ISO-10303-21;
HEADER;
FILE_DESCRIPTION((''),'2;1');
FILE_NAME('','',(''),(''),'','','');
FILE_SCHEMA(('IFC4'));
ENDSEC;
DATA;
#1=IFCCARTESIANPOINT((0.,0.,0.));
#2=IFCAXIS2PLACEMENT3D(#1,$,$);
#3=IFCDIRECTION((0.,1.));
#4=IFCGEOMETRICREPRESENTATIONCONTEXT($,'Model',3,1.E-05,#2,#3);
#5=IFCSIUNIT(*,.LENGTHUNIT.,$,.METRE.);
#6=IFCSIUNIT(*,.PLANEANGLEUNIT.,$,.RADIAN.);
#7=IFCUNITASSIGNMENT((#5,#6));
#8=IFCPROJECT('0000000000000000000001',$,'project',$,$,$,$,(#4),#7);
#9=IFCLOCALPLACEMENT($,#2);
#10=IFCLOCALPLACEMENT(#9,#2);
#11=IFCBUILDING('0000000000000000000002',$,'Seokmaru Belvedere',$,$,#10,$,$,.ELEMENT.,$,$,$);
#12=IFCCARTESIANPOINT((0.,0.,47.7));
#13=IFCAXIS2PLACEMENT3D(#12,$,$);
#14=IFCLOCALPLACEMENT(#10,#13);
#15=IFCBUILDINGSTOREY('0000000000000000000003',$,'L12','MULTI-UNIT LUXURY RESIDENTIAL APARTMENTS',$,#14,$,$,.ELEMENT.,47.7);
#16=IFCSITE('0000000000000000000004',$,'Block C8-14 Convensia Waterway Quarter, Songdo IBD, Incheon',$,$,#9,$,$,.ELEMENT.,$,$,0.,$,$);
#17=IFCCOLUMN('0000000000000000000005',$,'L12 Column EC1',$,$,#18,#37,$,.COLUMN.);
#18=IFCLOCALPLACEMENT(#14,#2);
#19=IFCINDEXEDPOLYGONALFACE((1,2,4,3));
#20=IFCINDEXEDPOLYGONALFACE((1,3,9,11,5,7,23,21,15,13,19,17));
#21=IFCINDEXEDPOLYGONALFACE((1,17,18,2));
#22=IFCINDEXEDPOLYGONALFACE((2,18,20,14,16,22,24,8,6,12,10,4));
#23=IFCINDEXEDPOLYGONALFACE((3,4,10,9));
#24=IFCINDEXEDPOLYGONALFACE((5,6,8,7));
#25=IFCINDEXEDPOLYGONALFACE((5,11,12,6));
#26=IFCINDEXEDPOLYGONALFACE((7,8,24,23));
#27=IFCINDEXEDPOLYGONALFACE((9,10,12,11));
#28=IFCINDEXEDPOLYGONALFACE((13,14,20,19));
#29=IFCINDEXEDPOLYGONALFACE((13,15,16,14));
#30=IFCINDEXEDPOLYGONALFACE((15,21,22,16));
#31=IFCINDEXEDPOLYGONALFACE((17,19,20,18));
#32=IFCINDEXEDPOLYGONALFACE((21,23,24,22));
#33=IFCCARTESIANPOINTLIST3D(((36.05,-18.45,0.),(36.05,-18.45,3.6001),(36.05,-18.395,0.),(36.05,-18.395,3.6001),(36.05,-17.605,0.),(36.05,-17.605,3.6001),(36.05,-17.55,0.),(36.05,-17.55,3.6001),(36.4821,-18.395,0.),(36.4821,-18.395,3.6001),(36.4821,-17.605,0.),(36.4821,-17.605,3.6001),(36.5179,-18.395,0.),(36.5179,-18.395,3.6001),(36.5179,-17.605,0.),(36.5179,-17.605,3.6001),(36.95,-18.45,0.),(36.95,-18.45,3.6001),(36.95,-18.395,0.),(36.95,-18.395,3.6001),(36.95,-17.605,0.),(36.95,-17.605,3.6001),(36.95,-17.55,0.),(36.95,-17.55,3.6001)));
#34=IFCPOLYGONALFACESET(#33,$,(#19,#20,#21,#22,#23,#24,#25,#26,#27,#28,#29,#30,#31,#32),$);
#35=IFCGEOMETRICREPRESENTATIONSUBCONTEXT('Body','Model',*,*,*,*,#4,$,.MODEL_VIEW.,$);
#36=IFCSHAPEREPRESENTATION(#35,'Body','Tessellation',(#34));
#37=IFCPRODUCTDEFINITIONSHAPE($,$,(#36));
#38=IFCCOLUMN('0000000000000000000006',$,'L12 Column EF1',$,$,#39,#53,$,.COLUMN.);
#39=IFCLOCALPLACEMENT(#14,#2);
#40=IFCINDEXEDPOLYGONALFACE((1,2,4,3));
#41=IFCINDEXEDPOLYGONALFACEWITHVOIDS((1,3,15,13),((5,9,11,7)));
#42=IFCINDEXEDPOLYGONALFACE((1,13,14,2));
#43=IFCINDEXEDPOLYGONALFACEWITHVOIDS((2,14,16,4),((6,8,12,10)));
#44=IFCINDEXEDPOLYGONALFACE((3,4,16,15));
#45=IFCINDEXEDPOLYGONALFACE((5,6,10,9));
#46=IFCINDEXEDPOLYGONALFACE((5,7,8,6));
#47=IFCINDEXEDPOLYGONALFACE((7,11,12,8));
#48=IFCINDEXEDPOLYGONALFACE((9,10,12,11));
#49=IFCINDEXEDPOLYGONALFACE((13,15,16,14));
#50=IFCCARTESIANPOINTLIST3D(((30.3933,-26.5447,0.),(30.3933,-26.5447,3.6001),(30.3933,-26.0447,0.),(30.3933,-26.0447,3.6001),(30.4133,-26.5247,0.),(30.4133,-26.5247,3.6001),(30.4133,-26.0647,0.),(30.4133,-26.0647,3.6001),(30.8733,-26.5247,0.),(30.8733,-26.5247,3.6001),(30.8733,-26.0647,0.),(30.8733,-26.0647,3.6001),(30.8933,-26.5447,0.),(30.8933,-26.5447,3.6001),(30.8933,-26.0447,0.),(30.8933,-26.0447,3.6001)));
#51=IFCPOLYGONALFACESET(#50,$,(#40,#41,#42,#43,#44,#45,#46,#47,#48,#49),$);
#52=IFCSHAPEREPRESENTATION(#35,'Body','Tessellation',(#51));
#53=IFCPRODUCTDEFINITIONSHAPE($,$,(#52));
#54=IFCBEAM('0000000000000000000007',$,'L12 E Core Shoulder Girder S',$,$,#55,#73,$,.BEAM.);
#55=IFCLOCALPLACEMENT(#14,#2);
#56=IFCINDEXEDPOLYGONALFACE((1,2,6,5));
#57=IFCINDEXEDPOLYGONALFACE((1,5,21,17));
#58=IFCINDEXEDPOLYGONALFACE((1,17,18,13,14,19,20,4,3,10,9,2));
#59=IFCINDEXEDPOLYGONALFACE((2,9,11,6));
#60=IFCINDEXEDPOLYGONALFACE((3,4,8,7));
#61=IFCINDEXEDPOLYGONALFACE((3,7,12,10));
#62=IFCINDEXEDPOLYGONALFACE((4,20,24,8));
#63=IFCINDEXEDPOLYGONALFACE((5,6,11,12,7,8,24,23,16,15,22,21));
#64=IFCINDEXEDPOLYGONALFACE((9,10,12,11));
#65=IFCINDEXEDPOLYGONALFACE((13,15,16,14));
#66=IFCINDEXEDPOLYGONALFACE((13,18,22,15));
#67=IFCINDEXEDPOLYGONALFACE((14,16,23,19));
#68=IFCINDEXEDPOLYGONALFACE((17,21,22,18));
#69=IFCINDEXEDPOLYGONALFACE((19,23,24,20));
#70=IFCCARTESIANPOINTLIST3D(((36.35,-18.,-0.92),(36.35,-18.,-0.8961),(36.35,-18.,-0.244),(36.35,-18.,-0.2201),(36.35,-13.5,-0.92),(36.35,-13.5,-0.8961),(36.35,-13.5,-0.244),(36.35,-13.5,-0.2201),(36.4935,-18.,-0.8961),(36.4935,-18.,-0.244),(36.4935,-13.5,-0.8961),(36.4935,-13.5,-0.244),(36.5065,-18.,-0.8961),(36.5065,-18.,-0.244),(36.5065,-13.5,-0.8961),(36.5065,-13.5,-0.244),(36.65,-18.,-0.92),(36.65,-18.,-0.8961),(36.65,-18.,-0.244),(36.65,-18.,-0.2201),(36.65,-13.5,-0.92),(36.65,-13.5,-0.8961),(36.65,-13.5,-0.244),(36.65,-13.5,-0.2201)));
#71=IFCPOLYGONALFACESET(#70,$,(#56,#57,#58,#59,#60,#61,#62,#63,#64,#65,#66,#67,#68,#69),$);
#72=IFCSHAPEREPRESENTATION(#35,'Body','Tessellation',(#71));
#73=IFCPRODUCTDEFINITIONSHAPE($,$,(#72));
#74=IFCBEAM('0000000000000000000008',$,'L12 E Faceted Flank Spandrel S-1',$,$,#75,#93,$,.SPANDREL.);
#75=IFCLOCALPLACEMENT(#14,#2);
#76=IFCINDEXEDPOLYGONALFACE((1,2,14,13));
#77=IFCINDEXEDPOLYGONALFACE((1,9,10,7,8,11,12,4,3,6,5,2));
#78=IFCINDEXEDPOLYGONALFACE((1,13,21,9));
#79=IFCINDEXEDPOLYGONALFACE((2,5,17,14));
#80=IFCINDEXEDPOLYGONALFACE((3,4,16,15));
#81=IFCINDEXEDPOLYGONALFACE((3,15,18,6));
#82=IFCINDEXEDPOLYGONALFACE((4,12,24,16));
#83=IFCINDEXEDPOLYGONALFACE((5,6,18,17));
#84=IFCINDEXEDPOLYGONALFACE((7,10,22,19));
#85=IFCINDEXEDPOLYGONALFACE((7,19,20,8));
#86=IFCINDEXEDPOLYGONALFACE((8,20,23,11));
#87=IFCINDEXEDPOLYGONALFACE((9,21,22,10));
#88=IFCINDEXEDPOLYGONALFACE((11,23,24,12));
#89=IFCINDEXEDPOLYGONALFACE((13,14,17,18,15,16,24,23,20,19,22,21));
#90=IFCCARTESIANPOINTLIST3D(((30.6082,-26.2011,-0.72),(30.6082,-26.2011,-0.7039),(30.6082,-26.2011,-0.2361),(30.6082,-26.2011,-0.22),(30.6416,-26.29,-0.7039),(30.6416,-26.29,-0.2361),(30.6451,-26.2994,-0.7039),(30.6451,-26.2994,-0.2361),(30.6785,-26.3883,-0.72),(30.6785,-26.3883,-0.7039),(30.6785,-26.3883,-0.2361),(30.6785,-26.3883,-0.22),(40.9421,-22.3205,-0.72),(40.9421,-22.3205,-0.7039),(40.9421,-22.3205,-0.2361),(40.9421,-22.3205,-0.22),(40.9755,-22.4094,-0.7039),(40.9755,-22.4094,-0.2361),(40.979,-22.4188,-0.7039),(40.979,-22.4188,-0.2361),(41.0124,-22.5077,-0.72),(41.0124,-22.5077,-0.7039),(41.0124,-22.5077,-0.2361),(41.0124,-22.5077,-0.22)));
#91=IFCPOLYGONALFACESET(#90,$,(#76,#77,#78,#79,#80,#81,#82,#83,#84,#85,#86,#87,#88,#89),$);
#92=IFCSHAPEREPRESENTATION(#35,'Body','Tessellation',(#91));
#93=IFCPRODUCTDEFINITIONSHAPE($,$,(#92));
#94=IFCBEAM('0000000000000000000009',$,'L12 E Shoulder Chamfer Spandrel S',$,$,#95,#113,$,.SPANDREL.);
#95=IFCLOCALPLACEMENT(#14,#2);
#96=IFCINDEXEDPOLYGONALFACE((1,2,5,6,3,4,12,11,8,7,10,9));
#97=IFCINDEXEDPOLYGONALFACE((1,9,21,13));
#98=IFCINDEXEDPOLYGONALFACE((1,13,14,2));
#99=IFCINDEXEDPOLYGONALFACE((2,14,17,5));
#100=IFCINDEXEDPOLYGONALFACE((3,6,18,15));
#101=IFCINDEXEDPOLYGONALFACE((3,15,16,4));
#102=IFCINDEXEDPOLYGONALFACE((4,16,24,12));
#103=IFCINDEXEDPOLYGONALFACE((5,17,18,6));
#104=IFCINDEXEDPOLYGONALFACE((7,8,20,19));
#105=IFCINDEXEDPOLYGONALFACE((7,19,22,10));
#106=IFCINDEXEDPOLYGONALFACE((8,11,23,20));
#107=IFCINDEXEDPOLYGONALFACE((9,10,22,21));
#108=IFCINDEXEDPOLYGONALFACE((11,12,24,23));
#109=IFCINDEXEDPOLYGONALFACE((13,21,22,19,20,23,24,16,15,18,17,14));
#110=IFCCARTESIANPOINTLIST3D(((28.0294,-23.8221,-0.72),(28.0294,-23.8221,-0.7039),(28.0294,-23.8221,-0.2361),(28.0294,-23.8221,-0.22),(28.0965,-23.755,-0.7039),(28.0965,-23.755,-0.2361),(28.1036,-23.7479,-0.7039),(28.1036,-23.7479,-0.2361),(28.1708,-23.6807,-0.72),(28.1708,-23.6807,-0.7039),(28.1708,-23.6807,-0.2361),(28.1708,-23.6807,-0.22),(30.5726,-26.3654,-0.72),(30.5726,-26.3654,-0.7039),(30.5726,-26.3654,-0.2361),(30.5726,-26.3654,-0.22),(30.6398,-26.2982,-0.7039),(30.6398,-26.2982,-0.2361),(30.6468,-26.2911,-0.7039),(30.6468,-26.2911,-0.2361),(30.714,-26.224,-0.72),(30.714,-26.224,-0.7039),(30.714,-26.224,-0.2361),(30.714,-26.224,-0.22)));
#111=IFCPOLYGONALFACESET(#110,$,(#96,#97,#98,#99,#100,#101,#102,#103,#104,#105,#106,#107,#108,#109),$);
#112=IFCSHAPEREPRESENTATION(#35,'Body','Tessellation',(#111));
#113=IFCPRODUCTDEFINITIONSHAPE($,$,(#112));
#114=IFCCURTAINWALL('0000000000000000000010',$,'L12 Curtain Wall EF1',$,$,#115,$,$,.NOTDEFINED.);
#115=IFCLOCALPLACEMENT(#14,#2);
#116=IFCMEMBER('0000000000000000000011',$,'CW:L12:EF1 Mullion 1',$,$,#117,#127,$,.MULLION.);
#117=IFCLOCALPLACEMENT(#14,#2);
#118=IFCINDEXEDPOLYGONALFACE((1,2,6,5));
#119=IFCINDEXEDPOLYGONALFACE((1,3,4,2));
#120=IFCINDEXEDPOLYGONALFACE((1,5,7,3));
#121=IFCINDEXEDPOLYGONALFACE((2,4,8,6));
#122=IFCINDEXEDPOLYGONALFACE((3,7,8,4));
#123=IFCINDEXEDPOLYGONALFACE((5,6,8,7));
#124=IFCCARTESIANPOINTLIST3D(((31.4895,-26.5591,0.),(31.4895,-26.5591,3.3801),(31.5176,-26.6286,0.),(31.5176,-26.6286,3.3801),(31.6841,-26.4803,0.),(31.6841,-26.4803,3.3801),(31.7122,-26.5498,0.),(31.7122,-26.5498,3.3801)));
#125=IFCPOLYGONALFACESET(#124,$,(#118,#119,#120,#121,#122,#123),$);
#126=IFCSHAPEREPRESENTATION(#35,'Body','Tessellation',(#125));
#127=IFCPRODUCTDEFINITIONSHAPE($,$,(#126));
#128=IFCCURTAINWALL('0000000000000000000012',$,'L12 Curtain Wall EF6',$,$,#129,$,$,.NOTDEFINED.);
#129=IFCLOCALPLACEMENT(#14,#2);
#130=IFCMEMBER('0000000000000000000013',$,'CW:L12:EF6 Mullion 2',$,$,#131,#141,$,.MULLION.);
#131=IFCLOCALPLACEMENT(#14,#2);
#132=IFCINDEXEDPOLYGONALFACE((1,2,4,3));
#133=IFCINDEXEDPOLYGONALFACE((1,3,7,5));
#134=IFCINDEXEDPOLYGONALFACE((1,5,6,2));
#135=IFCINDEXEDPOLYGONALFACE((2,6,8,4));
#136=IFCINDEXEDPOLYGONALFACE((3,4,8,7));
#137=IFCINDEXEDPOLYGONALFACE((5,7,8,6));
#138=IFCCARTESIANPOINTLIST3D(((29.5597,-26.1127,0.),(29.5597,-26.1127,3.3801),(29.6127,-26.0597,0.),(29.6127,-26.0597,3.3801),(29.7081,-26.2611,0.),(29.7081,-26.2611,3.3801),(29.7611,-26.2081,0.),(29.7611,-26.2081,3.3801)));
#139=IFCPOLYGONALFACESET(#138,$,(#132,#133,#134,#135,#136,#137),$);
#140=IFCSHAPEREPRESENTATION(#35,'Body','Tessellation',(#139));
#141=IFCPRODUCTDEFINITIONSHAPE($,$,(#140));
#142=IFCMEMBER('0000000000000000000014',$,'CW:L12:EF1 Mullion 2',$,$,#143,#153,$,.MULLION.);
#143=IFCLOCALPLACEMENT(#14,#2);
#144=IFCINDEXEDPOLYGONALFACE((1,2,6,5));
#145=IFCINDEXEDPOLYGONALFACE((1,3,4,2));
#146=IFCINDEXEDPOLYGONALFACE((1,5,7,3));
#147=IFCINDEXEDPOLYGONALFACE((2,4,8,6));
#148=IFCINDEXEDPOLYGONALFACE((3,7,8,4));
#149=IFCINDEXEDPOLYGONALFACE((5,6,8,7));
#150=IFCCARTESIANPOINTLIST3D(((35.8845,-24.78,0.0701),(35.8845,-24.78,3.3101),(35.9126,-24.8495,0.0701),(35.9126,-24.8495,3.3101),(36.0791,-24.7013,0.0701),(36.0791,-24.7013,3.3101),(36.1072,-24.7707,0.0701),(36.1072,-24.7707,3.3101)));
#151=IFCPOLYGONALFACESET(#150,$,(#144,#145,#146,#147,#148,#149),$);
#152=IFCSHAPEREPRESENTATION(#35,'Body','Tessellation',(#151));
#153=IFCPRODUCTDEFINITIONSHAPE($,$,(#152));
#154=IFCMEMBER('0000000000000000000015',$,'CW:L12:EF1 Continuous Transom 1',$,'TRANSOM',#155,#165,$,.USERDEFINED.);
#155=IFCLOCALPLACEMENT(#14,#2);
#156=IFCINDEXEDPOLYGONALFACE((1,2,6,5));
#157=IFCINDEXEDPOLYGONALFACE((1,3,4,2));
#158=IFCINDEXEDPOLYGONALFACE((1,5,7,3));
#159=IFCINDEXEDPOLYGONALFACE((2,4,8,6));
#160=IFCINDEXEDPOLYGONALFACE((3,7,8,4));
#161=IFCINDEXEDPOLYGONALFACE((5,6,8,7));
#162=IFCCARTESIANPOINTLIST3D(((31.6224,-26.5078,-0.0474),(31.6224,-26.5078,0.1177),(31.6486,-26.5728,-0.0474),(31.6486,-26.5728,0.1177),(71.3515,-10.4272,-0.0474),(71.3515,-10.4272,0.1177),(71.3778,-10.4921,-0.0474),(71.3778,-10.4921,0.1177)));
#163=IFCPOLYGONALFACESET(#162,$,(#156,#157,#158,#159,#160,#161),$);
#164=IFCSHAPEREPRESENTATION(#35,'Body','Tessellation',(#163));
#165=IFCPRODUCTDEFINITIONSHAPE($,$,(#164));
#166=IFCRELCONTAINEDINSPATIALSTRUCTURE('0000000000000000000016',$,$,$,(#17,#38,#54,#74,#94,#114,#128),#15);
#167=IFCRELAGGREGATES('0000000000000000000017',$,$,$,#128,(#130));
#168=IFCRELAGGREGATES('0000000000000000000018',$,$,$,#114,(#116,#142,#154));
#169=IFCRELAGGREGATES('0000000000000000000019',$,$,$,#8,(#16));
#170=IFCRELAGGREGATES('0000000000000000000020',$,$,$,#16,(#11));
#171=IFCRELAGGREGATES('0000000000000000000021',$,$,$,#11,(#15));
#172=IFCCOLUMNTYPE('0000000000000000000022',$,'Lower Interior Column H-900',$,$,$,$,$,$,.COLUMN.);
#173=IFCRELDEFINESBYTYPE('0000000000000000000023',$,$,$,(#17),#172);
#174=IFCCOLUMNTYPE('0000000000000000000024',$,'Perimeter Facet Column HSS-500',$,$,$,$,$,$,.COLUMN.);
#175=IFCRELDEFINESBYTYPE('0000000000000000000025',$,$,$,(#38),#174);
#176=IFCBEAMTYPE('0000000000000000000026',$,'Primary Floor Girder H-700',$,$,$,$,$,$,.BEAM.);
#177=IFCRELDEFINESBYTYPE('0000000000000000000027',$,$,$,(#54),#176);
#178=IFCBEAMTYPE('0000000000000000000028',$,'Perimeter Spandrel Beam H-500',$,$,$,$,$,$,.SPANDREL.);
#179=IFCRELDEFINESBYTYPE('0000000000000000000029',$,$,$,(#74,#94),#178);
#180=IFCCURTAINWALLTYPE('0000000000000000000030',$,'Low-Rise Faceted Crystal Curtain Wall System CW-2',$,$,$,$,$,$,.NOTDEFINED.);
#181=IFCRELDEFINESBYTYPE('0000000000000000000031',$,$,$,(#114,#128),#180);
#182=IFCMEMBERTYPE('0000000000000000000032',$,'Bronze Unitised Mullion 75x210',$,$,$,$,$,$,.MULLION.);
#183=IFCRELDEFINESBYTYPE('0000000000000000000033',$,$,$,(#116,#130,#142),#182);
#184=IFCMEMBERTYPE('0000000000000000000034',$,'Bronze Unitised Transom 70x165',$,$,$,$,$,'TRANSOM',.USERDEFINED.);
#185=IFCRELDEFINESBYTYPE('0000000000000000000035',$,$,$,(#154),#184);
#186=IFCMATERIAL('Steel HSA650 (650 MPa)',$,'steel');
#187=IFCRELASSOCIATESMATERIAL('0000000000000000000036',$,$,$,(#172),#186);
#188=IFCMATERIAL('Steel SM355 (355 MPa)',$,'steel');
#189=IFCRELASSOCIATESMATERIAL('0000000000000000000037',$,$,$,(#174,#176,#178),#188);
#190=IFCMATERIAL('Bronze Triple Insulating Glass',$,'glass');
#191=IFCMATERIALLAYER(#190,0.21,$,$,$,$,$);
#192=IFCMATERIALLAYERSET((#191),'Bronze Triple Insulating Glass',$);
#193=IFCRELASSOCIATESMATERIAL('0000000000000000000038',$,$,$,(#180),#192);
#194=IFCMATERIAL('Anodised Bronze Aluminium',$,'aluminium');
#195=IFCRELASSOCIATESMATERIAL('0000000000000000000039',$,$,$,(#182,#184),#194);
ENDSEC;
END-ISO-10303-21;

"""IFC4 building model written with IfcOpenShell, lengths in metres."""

from ifc_helpers import new_model, si_unit, direction, frame, origin, origin_2d, place, context, subcontext, project, spatial, rectangle, hollow_rectangle, i_section, extrude, source, transform, mapped, material, layer, layer_set, material_profile, profile_set, type_object, type_shapes, element, aggregate, save


model = new_model("IFC4")

# Units and contexts
model_context = context("Model", 3, precision=1e-05, world=origin(), true_north=direction((0.0, 1.0)))
body_context = subcontext(model_context, "Body", "Model", "MODEL_VIEW")
ifc_project = project(units=[si_unit("LENGTHUNIT", "METRE"), si_unit("PLANEANGLEUNIT", "RADIAN")], contexts=[model_context])

# Site, building, storey
site_placement = place(None, origin())
site = spatial("IfcSite", under=ifc_project, at=site_placement, Name="Block C8-14 Convensia Waterway Quarter, Songdo IBD, Incheon", CompositionType="ELEMENT", RefElevation=0.0)
building_placement = place(site_placement, origin())
building = spatial("IfcBuilding", under=site, at=building_placement, Name="Seokmaru Belvedere", CompositionType="ELEMENT")
storey_placement = place(building_placement, frame((0.0, 0.0, 47.7)))
storey = spatial("IfcBuildingStorey", under=building, at=storey_placement, Name="L12", Description="MULTI-UNIT LUXURY RESIDENTIAL APARTMENTS", CompositionType="ELEMENT", Elevation=47.7)

# Columns
ifc_material_1 = material(Name="Steel HSA650 (650 MPa)", Category="steel")
ifc_material_profile_1 = material_profile(ifc_material_1, i_section(OverallWidth=0.8999, OverallDepth=0.8999, WebThickness=0.0359, FlangeThickness=0.0549, at=origin_2d()), Name="H-900x900x36x55")
ifc_profile_set_1 = profile_set([ifc_material_profile_1], Name="Steel HSA650 (650 MPa)")
column_type_1 = type_object("IfcColumnType", Name="Lower Interior Column H-900", PredefinedType="COLUMN", material=ifc_profile_set_1)
shared_shape_1 = source(origin(), body_context, "Body", "SweptSolid", [
    extrude(i_section(OverallWidth=0.8999, OverallDepth=0.8999, WebThickness=0.0359, FlangeThickness=0.0549, at=origin_2d()), origin(), (0.0, 0.0, 1.0), 3.6001),
])
type_shapes(column_type_1, [shared_shape_1])
column_1_placement = place(storey_placement, frame((36.5, -18.0, 0.0), z_axis=(0.0, 0.0, 1.0), x_axis=(1.0, 0.0, 0.0)))
element("IfcColumn", 1, at=column_1_placement, inside=storey, type_object=column_type_1, Name="L12 Column EC1", PredefinedType="COLUMN", context=body_context, shape_type="MappedRepresentation", body=[
    mapped(shared_shape_1, transform((0.0, 0.0, 0.0), scale=1.0)),
])
ifc_material_2 = material(Name="Steel SM355 (355 MPa)", Category="steel")
ifc_material_profile_2 = material_profile(ifc_material_2, hollow_rectangle(XDim=0.5, YDim=0.5, WallThickness=0.02, at=origin_2d()), Name="HSS-500x500x20")
ifc_profile_set_2 = profile_set([ifc_material_profile_2], Name="Steel SM355 (355 MPa)")
column_type_2 = type_object("IfcColumnType", Name="Perimeter Facet Column HSS-500", PredefinedType="COLUMN", material=ifc_profile_set_2)
shared_shape_2 = source(origin(), body_context, "Body", "SweptSolid", [
    extrude(hollow_rectangle(XDim=0.5, YDim=0.5, WallThickness=0.02, at=origin_2d()), origin(), (0.0, 0.0, 1.0), 3.6001),
])
type_shapes(column_type_2, [shared_shape_2])
column_2_placement = place(storey_placement, frame((30.6433, -26.2947, 0.0), z_axis=(0.0, 0.0, 1.0), x_axis=(1.0, 0.0, 0.0)))
element("IfcColumn", 2, at=column_2_placement, inside=storey, type_object=column_type_2, Name="L12 Column EF1", PredefinedType="COLUMN", context=body_context, shape_type="MappedRepresentation", body=[
    mapped(shared_shape_2, transform((0.0, 0.0, 0.0), scale=1.0)),
])

# Beams
ifc_material_profile_3 = material_profile(ifc_material_2, i_section(OverallWidth=0.3, OverallDepth=0.7, WebThickness=0.0129, FlangeThickness=0.0239, at=origin_2d()), Name="H-700x300x13x24")
ifc_profile_set_3 = profile_set([ifc_material_profile_3], Name="Steel SM355 (355 MPa)")
beam_type_1 = type_object("IfcBeamType", Name="Primary Floor Girder H-700", PredefinedType="BEAM", material=ifc_profile_set_3)
shared_shape_3 = source(origin(), body_context, "Body", "SweptSolid", [
    extrude(i_section(OverallWidth=0.3, OverallDepth=0.7, WebThickness=0.0129, FlangeThickness=0.0239, at=origin_2d()), origin(), (0.0, 0.0, 1.0), 4.5),
])
type_shapes(beam_type_1, [shared_shape_3])
beam_1_placement = place(storey_placement, frame((36.5, -18.0, -0.5701), z_axis=(0.0, 1.0, 0.0), x_axis=(-1.0, 0.0, 0.0)))
element("IfcBeam", 3, at=beam_1_placement, inside=storey, type_object=beam_type_1, Name="L12 E Core Shoulder Girder S", PredefinedType="BEAM", context=body_context, shape_type="MappedRepresentation", body=[
    mapped(shared_shape_3, transform((0.0, 0.0, 0.0), scale=1.0)),
])
ifc_material_profile_4 = material_profile(ifc_material_2, i_section(OverallWidth=0.2, OverallDepth=0.5, WebThickness=0.01, FlangeThickness=0.0161, at=origin_2d()), Name="H-500x200x10x16")
ifc_profile_set_4 = profile_set([ifc_material_profile_4], Name="Steel SM355 (355 MPa)")
beam_type_2 = type_object("IfcBeamType", Name="Perimeter Spandrel Beam H-500", PredefinedType="SPANDREL", material=ifc_profile_set_4)
shared_shape_4 = source(origin(), body_context, "Body", "SweptSolid", [
    extrude(i_section(OverallWidth=0.2, OverallDepth=0.5, WebThickness=0.01, FlangeThickness=0.0161, at=origin_2d()), origin(), (0.0, 0.0, 1.0), 11.0386),
])
beam_2_placement = place(storey_placement, frame((30.6433, -26.2947, -0.47), z_axis=(0.936169, 0.35155, 0.0), x_axis=(-0.35155, 0.936169, 0.0)))
element("IfcBeam", 4, at=beam_2_placement, inside=storey, type_object=beam_type_2, Name="L12 E Faceted Flank Spandrel S-1", PredefinedType="SPANDREL", context=body_context, shape_type="MappedRepresentation", body=[
    mapped(shared_shape_4, transform((0.0, 0.0, 0.0), scale=1.0)),
])
shared_shape_5 = source(origin(), body_context, "Body", "SweptSolid", [
    extrude(i_section(OverallWidth=0.2, OverallDepth=0.5, WebThickness=0.01, FlangeThickness=0.0161, at=origin_2d()), origin(), (0.0, 0.0, 1.0), 3.5967),
])
type_shapes(beam_type_2, [shared_shape_4, shared_shape_5])
beam_3_placement = place(storey_placement, frame((30.6433, -26.2947, -0.47), z_axis=(-0.707107, 0.707107, 0.0), x_axis=(-0.707107, -0.707107, 0.0)))
element("IfcBeam", 5, at=beam_3_placement, inside=storey, type_object=beam_type_2, Name="L12 E Shoulder Chamfer Spandrel S", PredefinedType="SPANDREL", context=body_context, shape_type="MappedRepresentation", body=[
    mapped(shared_shape_5, transform((0.0, 0.0, 0.0), scale=1.0)),
])

# Curtain walls, members
ifc_material_3 = material(Name="Bronze Triple Insulating Glass", Category="glass")
ifc_layer_1 = layer(ifc_material_3, 0.21)
ifc_layer_set_1 = layer_set([ifc_layer_1], Name="Bronze Triple Insulating Glass")
curtain_wall_type = type_object("IfcCurtainWallType", Name="Low-Rise Faceted Crystal Curtain Wall System CW-2", PredefinedType="NOTDEFINED", material=ifc_layer_set_1)
curtain_wall_1_placement = place(storey_placement, origin())
curtain_wall_1 = element("IfcCurtainWall", 6, at=curtain_wall_1_placement, inside=storey, type_object=curtain_wall_type, Name="L12 Curtain Wall EF1", PredefinedType="NOTDEFINED")
ifc_material_4 = material(Name="Anodised Bronze Aluminium", Category="aluminium")
ifc_material_profile_5 = material_profile(ifc_material_4, rectangle(XDim=0.075, YDim=0.21, at=origin_2d()), Name="CW-M-75x210")
ifc_profile_set_5 = profile_set([ifc_material_profile_5], Name="Anodised Bronze Aluminium")
member_type_1 = type_object("IfcMemberType", Name="Bronze Unitised Mullion 75x210", PredefinedType="MULLION", material=ifc_profile_set_5)
shared_shape_6 = source(origin(), body_context, "Body", "SweptSolid", [
    extrude(rectangle(XDim=0.075, YDim=0.21, at=origin_2d()), origin(), (0.0, 0.0, 1.0), 3.3801),
])
member_1_placement = place(storey_placement, frame((31.6008, -26.5544, 0.0), z_axis=(0.0, 0.0, 1.0), x_axis=(-0.375192, 0.926947, 0.0)))
member_1 = element("IfcMember", 7, at=member_1_placement, type_object=member_type_1, Name="CW:L12:EF1 Mullion 1", PredefinedType="MULLION", context=body_context, shape_type="MappedRepresentation", body=[
    mapped(shared_shape_6, transform((0.0, 0.0, 0.0), scale=1.0)),
])
curtain_wall_2_placement = place(storey_placement, origin())
curtain_wall_2 = element("IfcCurtainWall", 8, at=curtain_wall_2_placement, inside=storey, type_object=curtain_wall_type, Name="L12 Curtain Wall EF6", PredefinedType="NOTDEFINED")
member_2_placement = place(storey_placement, frame((29.6604, -26.1604, 0.0), z_axis=(0.0, 0.0, 1.0), x_axis=(0.707107, 0.707107, 0.0)))
member_2 = element("IfcMember", 9, at=member_2_placement, type_object=member_type_1, Name="CW:L12:EF6 Mullion 2", PredefinedType="MULLION", context=body_context, shape_type="MappedRepresentation", body=[
    mapped(shared_shape_6, transform((0.0, 0.0, 0.0), scale=1.0)),
])

# Members
shared_shape_7 = source(origin(), body_context, "Body", "SweptSolid", [
    extrude(rectangle(XDim=0.075, YDim=0.21, at=origin_2d()), origin(), (0.0, 0.0, 1.0), 3.24),
])
type_shapes(member_type_1, [shared_shape_6, shared_shape_7])
member_3_placement = place(storey_placement, frame((35.9958, -24.7754, 0.0701), z_axis=(0.0, 0.0, 1.0), x_axis=(-0.375192, 0.926947, 0.0)))
member_3 = element("IfcMember", 10, at=member_3_placement, type_object=member_type_1, Name="CW:L12:EF1 Mullion 2", PredefinedType="MULLION", context=body_context, shape_type="MappedRepresentation", body=[
    mapped(shared_shape_7, transform((0.0, 0.0, 0.0), scale=1.0)),
])
ifc_material_profile_6 = material_profile(ifc_material_4, rectangle(XDim=0.0701, YDim=0.165, at=origin_2d()), Name="CW-T-70x165")
ifc_profile_set_6 = profile_set([ifc_material_profile_6], Name="Anodised Bronze Aluminium")
member_type_2 = type_object("IfcMemberType", Name="Bronze Unitised Transom 70x165", ElementType="TRANSOM", PredefinedType="USERDEFINED", material=ifc_profile_set_6)
shared_shape_8 = source(origin(), body_context, "Body", "SweptSolid", [
    extrude(rectangle(XDim=0.0701, YDim=0.165, at=origin_2d()), origin(), (0.0, 0.0, 1.0), 42.8601),
])
type_shapes(member_type_2, [shared_shape_8])
member_4_placement = place(storey_placement, frame((31.6355, -26.5403, 0.0352), z_axis=(0.926949, 0.375188, 0.0), x_axis=(-0.375188, 0.926949, 0.0)))
member_4 = element("IfcMember", 11, at=member_4_placement, type_object=member_type_2, Name="CW:L12:EF1 Continuous Transom 1", ObjectType="TRANSOM", PredefinedType="USERDEFINED", context=body_context, shape_type="MappedRepresentation", body=[
    mapped(shared_shape_8, transform((0.0, 0.0, 0.0), scale=1.0)),
])

aggregate(curtain_wall_2, [member_2])
aggregate(curtain_wall_1, [member_1, member_3, member_4])

save(model, "model.ifc")
